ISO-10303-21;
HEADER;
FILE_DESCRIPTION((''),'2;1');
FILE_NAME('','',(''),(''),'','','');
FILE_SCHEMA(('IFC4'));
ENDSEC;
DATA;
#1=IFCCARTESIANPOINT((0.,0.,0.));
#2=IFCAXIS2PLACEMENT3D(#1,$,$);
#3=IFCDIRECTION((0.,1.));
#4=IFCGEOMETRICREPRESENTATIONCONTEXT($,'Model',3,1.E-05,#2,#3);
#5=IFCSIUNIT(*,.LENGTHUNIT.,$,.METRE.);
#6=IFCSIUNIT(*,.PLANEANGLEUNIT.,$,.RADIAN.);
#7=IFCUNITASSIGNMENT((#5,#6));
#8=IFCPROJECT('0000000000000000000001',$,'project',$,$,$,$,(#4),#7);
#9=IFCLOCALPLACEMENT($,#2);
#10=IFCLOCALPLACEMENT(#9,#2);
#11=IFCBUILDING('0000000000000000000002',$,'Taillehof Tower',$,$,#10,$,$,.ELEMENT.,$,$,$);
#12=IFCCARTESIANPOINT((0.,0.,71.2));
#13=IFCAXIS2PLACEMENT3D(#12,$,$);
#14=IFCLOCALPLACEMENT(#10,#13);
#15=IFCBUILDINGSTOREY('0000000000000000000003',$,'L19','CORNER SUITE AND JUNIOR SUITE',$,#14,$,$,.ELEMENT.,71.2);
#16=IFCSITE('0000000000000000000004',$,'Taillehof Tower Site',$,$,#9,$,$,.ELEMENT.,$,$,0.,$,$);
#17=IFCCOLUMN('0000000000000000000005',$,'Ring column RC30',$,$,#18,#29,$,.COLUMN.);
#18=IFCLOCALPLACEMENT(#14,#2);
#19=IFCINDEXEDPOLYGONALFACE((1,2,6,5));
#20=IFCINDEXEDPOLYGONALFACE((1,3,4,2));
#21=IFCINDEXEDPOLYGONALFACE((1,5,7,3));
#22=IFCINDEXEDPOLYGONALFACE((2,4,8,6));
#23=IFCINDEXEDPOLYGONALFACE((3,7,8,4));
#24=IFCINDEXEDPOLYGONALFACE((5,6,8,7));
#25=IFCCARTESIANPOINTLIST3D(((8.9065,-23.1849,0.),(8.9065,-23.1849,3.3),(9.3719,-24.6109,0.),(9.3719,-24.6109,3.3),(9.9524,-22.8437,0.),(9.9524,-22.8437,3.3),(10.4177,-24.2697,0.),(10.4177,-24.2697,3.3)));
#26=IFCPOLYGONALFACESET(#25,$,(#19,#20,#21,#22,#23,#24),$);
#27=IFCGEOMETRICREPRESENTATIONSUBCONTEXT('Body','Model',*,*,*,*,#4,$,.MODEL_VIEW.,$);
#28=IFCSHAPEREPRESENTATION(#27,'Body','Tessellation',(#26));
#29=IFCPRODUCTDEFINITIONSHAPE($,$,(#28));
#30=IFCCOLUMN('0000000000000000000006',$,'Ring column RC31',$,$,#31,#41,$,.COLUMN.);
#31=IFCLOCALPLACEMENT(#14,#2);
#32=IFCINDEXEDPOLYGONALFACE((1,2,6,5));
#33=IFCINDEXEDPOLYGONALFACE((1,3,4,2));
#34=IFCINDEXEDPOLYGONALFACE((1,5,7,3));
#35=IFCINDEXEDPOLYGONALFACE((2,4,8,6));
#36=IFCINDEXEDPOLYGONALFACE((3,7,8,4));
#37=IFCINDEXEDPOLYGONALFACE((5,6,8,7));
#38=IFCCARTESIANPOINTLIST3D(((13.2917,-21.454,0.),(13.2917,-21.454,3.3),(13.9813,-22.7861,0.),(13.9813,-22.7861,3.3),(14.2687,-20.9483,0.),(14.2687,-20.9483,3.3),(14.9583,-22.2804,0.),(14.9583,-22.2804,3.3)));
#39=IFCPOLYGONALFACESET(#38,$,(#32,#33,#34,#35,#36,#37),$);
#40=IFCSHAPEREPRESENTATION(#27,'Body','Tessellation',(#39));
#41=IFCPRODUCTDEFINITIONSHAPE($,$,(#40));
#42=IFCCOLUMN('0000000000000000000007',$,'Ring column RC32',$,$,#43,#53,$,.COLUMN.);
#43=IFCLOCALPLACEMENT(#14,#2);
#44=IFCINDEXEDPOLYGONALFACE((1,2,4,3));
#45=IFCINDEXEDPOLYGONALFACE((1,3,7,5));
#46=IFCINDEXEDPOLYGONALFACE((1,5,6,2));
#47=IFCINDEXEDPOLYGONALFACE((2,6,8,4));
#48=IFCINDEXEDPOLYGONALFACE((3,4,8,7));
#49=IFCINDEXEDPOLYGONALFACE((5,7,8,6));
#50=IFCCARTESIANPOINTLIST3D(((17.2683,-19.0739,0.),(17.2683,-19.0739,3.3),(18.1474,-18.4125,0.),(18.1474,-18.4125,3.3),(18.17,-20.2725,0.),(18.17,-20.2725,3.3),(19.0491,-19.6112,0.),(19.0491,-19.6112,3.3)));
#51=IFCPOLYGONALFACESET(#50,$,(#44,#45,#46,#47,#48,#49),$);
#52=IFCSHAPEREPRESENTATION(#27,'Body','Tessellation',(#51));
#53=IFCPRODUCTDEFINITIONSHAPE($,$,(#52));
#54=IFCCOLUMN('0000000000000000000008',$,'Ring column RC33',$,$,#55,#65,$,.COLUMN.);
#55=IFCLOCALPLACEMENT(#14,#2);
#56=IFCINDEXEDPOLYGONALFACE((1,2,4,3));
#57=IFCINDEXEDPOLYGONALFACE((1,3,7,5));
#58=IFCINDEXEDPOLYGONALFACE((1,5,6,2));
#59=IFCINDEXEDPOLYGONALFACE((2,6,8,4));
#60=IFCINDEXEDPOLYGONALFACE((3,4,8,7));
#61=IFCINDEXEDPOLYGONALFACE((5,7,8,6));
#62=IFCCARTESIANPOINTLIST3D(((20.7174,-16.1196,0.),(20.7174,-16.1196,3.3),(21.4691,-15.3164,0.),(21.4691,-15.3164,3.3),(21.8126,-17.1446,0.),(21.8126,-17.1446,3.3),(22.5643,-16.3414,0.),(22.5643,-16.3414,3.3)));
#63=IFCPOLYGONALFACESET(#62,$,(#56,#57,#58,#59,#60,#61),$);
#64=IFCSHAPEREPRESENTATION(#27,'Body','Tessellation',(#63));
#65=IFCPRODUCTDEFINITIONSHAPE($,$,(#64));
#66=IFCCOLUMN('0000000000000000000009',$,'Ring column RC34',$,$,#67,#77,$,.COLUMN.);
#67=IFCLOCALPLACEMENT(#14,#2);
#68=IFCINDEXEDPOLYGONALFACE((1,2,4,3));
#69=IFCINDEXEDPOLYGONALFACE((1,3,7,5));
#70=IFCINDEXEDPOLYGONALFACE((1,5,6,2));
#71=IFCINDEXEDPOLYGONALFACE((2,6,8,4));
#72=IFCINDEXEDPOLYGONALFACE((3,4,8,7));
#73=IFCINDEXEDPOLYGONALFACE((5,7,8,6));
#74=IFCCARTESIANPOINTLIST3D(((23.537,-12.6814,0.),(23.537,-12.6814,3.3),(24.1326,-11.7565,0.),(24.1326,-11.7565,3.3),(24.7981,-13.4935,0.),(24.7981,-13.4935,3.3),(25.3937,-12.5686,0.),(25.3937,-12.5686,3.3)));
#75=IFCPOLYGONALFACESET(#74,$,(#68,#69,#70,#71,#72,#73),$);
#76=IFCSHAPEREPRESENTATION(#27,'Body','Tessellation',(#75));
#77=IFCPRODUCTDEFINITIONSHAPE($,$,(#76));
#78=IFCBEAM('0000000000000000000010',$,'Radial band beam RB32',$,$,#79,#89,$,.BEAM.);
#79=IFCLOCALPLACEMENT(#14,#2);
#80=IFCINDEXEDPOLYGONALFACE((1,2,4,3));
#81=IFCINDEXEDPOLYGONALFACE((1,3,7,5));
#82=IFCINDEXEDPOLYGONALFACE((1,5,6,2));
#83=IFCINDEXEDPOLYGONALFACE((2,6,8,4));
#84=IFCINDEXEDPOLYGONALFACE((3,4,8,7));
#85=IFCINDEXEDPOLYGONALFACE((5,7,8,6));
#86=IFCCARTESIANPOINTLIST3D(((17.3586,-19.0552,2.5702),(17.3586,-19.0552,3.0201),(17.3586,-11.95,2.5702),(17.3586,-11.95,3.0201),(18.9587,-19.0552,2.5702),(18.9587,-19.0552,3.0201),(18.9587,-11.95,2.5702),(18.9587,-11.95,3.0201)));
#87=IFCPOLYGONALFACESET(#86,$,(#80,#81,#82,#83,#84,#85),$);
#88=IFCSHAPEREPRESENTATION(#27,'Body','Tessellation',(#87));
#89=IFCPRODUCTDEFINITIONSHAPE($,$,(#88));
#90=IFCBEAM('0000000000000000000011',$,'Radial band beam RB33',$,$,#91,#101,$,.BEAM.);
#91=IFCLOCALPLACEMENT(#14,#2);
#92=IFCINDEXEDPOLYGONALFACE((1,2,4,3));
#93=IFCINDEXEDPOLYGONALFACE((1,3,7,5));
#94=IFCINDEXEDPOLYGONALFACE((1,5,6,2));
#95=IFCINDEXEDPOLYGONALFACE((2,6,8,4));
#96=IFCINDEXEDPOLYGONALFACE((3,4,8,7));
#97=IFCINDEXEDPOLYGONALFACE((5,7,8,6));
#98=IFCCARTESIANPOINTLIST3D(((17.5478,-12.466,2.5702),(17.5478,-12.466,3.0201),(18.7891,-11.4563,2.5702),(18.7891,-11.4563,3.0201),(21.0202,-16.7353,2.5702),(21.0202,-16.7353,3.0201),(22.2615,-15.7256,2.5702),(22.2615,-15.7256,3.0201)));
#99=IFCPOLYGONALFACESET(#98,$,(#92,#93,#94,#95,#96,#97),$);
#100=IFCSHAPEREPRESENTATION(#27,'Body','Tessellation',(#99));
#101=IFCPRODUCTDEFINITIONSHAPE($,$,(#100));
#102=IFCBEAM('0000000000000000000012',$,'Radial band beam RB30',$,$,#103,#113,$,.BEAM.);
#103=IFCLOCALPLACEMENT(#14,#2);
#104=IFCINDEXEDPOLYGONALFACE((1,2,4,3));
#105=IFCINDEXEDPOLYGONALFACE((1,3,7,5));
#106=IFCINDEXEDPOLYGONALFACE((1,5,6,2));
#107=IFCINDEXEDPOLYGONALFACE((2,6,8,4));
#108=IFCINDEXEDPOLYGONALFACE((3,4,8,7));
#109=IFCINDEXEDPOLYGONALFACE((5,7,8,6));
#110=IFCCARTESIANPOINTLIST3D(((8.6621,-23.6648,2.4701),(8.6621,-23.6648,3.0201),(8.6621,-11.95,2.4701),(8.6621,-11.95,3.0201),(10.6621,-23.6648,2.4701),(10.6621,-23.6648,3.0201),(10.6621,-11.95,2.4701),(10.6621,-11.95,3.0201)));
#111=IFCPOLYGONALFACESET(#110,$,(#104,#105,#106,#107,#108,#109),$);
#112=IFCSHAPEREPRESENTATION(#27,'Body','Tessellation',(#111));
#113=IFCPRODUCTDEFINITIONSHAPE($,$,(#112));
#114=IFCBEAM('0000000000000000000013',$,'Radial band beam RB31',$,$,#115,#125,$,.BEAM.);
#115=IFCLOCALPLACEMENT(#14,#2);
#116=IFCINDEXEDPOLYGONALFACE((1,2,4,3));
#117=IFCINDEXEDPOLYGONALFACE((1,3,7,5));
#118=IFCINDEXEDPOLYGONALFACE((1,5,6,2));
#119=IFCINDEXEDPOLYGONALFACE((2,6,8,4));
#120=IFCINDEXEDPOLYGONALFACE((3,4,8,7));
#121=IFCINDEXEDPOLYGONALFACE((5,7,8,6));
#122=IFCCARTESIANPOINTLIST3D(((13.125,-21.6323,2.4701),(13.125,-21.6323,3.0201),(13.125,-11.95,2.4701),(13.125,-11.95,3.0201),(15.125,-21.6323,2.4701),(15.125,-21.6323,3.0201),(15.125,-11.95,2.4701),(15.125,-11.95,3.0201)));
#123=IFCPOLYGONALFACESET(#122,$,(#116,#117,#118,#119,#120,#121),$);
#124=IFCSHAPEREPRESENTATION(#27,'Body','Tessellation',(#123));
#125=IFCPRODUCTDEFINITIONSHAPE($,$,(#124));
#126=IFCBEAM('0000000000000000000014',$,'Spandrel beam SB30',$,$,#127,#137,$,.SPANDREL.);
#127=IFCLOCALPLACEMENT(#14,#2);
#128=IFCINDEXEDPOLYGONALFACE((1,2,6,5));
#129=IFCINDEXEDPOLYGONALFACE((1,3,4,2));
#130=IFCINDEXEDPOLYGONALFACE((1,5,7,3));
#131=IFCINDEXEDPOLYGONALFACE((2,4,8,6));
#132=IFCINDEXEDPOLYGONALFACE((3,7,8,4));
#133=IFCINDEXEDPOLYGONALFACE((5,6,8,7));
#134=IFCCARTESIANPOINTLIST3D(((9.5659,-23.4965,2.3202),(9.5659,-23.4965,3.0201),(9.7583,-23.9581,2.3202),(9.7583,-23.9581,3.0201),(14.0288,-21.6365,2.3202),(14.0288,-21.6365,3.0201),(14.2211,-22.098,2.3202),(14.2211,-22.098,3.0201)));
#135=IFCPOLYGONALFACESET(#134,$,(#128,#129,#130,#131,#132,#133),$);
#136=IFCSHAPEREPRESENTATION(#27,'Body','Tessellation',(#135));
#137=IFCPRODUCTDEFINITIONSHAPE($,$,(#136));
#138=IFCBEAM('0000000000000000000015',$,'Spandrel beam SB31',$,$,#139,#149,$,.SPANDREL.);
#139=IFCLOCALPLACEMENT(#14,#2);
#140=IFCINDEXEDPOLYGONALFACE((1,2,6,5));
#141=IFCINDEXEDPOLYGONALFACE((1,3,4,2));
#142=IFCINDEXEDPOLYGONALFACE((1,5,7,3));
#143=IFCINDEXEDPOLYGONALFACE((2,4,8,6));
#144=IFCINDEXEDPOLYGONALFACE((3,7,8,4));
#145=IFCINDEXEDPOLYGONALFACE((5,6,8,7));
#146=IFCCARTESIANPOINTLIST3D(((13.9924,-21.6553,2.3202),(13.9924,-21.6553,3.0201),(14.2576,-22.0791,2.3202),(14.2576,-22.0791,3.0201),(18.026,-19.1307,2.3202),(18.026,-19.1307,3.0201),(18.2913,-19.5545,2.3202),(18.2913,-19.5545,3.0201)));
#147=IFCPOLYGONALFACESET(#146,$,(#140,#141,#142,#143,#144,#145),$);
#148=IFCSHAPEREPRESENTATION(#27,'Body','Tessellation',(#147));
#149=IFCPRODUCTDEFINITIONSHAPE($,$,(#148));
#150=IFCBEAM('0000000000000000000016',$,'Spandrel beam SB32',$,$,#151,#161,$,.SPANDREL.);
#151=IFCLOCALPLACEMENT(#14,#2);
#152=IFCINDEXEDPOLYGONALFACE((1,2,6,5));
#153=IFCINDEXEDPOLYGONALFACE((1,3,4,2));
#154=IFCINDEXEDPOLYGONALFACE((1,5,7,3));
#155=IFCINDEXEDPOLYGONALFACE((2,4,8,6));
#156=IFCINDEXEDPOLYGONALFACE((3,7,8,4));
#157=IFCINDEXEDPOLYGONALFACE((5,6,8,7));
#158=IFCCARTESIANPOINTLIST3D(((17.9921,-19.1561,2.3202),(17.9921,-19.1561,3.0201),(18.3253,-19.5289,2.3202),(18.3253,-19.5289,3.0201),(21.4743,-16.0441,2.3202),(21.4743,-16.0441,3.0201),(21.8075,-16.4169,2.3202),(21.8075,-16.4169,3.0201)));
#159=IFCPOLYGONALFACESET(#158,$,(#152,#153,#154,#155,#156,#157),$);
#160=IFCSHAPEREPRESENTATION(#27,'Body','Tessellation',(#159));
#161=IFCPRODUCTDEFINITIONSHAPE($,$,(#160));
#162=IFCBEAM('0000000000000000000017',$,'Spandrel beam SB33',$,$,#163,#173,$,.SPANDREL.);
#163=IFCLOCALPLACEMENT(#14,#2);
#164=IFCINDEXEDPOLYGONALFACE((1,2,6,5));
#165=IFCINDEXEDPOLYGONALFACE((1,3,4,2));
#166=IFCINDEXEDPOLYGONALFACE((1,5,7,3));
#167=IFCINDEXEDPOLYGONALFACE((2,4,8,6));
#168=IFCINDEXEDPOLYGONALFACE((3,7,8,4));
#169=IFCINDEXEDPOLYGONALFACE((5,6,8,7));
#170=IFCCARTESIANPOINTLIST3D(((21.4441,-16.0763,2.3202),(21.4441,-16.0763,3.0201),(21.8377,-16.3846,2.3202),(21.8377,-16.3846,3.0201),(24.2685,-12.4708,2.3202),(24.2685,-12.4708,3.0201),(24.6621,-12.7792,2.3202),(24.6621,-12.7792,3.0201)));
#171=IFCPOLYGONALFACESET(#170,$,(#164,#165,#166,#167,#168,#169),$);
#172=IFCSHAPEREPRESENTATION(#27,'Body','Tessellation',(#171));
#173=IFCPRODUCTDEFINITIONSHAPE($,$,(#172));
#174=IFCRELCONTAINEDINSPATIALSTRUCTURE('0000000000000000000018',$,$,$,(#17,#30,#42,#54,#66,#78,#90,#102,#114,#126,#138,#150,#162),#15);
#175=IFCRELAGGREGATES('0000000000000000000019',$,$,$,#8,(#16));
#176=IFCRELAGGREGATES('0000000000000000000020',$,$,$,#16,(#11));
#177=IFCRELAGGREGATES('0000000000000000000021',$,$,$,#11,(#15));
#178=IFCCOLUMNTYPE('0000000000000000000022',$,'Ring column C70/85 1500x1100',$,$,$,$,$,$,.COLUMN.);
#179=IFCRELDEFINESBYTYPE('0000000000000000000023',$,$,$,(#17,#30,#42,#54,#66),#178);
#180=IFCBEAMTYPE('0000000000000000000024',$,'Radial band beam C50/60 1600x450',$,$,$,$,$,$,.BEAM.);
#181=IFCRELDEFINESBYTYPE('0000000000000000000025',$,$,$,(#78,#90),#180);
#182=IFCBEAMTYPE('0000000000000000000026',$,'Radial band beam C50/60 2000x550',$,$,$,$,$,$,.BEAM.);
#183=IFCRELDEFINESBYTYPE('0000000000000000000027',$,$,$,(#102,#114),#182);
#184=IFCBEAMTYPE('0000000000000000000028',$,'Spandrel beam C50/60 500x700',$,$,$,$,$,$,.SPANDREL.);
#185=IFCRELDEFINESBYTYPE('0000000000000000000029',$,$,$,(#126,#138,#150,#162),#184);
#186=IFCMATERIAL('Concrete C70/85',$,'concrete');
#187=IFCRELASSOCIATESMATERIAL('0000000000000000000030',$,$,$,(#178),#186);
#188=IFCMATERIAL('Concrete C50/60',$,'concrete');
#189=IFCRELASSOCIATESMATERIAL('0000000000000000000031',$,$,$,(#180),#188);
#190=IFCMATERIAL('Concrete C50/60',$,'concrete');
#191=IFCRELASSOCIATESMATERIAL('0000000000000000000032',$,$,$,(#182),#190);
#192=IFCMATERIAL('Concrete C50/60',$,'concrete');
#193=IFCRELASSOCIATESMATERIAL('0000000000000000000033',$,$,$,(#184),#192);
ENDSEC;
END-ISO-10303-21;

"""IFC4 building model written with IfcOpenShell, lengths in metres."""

from ifc_helpers import new_model, si_unit, direction, frame, origin, origin_2d, place, context, subcontext, project, spatial, rectangle, extrude, material, material_profile, profile_set, type_object, element, save


model = new_model("IFC4")

# Units and contexts
model_context = context("Model", 3, precision=1e-05, world=origin(), true_north=direction((0.0, 1.0)))
body_context = subcontext(model_context, "Body", "Model", "MODEL_VIEW")
ifc_project = project(units=[si_unit("LENGTHUNIT", "METRE"), si_unit("PLANEANGLEUNIT", "RADIAN")], contexts=[model_context])

# Site, building, storey
site_placement = place(None, origin())
site = spatial("IfcSite", under=ifc_project, at=site_placement, Name="Taillehof Tower Site", CompositionType="ELEMENT", RefElevation=0.0)
building_placement = place(site_placement, origin())
building = spatial("IfcBuilding", under=site, at=building_placement, Name="Taillehof Tower", CompositionType="ELEMENT")
storey_placement = place(building_placement, frame((0.0, 0.0, 71.2)))
storey = spatial("IfcBuildingStorey", under=building, at=storey_placement, Name="L19", Description="CORNER SUITE AND JUNIOR SUITE", CompositionType="ELEMENT", Elevation=71.2)

# Columns
ifc_material_1 = material(Name="Concrete C70/85", Category="concrete")
ifc_material_profile_1 = material_profile(ifc_material_1, rectangle(XDim=1.5, YDim=1.1001, at=origin_2d()), Name="RC 1500x1100")
ifc_profile_set_1 = profile_set([ifc_material_profile_1], Name="Concrete C70/85")
column_type = type_object("IfcColumnType", Name="Ring column C70/85 1500x1100", PredefinedType="COLUMN", material=ifc_profile_set_1)
for number, where, z_axis, x_axis, name in (
    (1, (9.6621, -23.7273, 0.0), (0.0, 0.0, 1.0), (0.310219, -0.950665, 0.0), "Ring column RC30"),
    (2, (14.125, -21.8672, 0.0), (0.0, 0.0, 1.0), (0.459691, -0.888079, 0.0), "Ring column RC31"),
    (3, (18.1587, -19.3425, 0.0), (0.0, 0.0, 1.0), (0.601174, -0.799118, 0.0), "Ring column RC32"),
    (4, (21.6409, -16.2305, 0.0), (0.0, 0.0, 1.0), (0.730113, -0.683326, 0.0), "Ring column RC33"),
    (5, (24.4653, -12.625, 0.0), (0.0, 0.0, 1.0), (0.840754, -0.541418, 0.0), "Ring column RC34"),
):
    element("IfcColumn", number, at=place(storey_placement, frame(where, z_axis=z_axis, x_axis=x_axis)), inside=storey, type_object=column_type, Name=name, PredefinedType="COLUMN", context=body_context, shape_type="SweptSolid", body=[
        extrude(rectangle(XDim=1.5, YDim=1.1001, at=origin_2d()), origin(), (0.0, 0.0, 1.0), 3.3),
    ])

# Beams
ifc_material_2 = material(Name="Concrete C50/60", Category="concrete")
ifc_material_profile_2 = material_profile(ifc_material_2, rectangle(XDim=1.6001, YDim=0.45, at=origin_2d()), Name="RC 1600x450")
ifc_profile_set_2 = profile_set([ifc_material_profile_2], Name="Concrete C50/60")
beam_type_1 = type_object("IfcBeamType", Name="Radial band beam C50/60 1600x450", PredefinedType="BEAM", material=ifc_profile_set_2)
beam_1_placement = place(storey_placement, frame((18.1587, -19.0552, 2.7952), z_axis=(0.0, 1.0, 0.0), x_axis=(-1.0, 0.0, 0.0)))
element("IfcBeam", 6, at=beam_1_placement, inside=storey, type_object=beam_type_1, Name="Radial band beam RB32", PredefinedType="BEAM", context=body_context, shape_type="SweptSolid", body=[
    extrude(rectangle(XDim=1.6001, YDim=0.45, at=origin_2d()), origin(), (0.0, 0.0, 1.0), 7.1052),
])
beam_2_placement = place(storey_placement, frame((21.6409, -16.2305, 2.7952), z_axis=(-0.630988, 0.775792, 0.0), x_axis=(-0.775792, -0.630988, 0.0)))
element("IfcBeam", 7, at=beam_2_placement, inside=storey, type_object=beam_type_1, Name="Radial band beam RB33", PredefinedType="BEAM", context=body_context, shape_type="SweptSolid", body=[
    extrude(rectangle(XDim=1.6001, YDim=0.45, at=origin_2d()), origin(), (0.0, 0.0, 1.0), 5.5032),
])
ifc_material_3 = material(Name="Concrete C50/60", Category="concrete")
ifc_material_profile_3 = material_profile(ifc_material_3, rectangle(XDim=2.0, YDim=0.55, at=origin_2d()), Name="RC 2000x550")
ifc_profile_set_3 = profile_set([ifc_material_profile_3], Name="Concrete C50/60")
beam_type_2 = type_object("IfcBeamType", Name="Radial band beam C50/60 2000x550", PredefinedType="BEAM", material=ifc_profile_set_3)
beam_3_placement = place(storey_placement, frame((9.6621, -23.6648, 2.7451), z_axis=(0.0, 1.0, 0.0), x_axis=(-1.0, 0.0, 0.0)))
element("IfcBeam", 8, at=beam_3_placement, inside=storey, type_object=beam_type_2, Name="Radial band beam RB30", PredefinedType="BEAM", context=body_context, shape_type="SweptSolid", body=[
    extrude(rectangle(XDim=2.0, YDim=0.55, at=origin_2d()), origin(), (0.0, 0.0, 1.0), 11.7148),
])
beam_4_placement = place(storey_placement, frame((14.125, -21.6323, 2.7451), z_axis=(0.0, 1.0, 0.0), x_axis=(-1.0, 0.0, 0.0)))
element("IfcBeam", 9, at=beam_4_placement, inside=storey, type_object=beam_type_2, Name="Radial band beam RB31", PredefinedType="BEAM", context=body_context, shape_type="SweptSolid", body=[
    extrude(rectangle(XDim=2.0, YDim=0.55, at=origin_2d()), origin(), (0.0, 0.0, 1.0), 9.6824),
])
ifc_material_4 = material(Name="Concrete C50/60", Category="concrete")
ifc_material_profile_4 = material_profile(ifc_material_4, rectangle(XDim=0.5, YDim=0.7, at=origin_2d()), Name="RC 500x700")
ifc_profile_set_4 = profile_set([ifc_material_profile_4], Name="Concrete C50/60")
beam_type_3 = type_object("IfcBeamType", Name="Spandrel beam C50/60 500x700", PredefinedType="SPANDREL", material=ifc_profile_set_4)
beam_5_placement = place(storey_placement, frame((9.6621, -23.7273, 2.6702), z_axis=(0.923035, 0.384716, 0.0), x_axis=(-0.384716, 0.923035, 0.0)))
element("IfcBeam", 10, at=beam_5_placement, inside=storey, type_object=beam_type_3, Name="Spandrel beam SB30", PredefinedType="SPANDREL", context=body_context, shape_type="SweptSolid", body=[
    extrude(rectangle(XDim=0.5, YDim=0.7, at=origin_2d()), origin(), (0.0, 0.0, 1.0), 4.835),
])
beam_6_placement = place(storey_placement, frame((14.125, -21.8672, 2.6702), z_axis=(0.847658, 0.530543, 0.0), x_axis=(-0.530543, 0.847658, 0.0)))
element("IfcBeam", 11, at=beam_6_placement, inside=storey, type_object=beam_type_3, Name="Spandrel beam SB31", PredefinedType="SPANDREL", context=body_context, shape_type="SweptSolid", body=[
    extrude(rectangle(XDim=0.5, YDim=0.7, at=origin_2d()), origin(), (0.0, 0.0, 1.0), 4.7585),
])
beam_7_placement = place(storey_placement, frame((18.1587, -19.3425, 2.6702), z_axis=(0.745621, 0.66637, 0.0), x_axis=(-0.66637, 0.745621, 0.0)))
element("IfcBeam", 12, at=beam_7_placement, inside=storey, type_object=beam_type_3, Name="Spandrel beam SB32", PredefinedType="SPANDREL", context=body_context, shape_type="SweptSolid", body=[
    extrude(rectangle(XDim=0.5, YDim=0.7, at=origin_2d()), origin(), (0.0, 0.0, 1.0), 4.6702),
])
beam_8_placement = place(storey_placement, frame((21.6409, -16.2305, 2.6702), z_axis=(0.616686, 0.787209, 0.0), x_axis=(-0.787209, 0.616686, 0.0)))
element("IfcBeam", 13, at=beam_8_placement, inside=storey, type_object=beam_type_3, Name="Spandrel beam SB33", PredefinedType="SPANDREL", context=body_context, shape_type="SweptSolid", body=[
    extrude(rectangle(XDim=0.5, YDim=0.7, at=origin_2d()), origin(), (0.0, 0.0, 1.0), 4.5801),
])

save(model, "model.ifc")
